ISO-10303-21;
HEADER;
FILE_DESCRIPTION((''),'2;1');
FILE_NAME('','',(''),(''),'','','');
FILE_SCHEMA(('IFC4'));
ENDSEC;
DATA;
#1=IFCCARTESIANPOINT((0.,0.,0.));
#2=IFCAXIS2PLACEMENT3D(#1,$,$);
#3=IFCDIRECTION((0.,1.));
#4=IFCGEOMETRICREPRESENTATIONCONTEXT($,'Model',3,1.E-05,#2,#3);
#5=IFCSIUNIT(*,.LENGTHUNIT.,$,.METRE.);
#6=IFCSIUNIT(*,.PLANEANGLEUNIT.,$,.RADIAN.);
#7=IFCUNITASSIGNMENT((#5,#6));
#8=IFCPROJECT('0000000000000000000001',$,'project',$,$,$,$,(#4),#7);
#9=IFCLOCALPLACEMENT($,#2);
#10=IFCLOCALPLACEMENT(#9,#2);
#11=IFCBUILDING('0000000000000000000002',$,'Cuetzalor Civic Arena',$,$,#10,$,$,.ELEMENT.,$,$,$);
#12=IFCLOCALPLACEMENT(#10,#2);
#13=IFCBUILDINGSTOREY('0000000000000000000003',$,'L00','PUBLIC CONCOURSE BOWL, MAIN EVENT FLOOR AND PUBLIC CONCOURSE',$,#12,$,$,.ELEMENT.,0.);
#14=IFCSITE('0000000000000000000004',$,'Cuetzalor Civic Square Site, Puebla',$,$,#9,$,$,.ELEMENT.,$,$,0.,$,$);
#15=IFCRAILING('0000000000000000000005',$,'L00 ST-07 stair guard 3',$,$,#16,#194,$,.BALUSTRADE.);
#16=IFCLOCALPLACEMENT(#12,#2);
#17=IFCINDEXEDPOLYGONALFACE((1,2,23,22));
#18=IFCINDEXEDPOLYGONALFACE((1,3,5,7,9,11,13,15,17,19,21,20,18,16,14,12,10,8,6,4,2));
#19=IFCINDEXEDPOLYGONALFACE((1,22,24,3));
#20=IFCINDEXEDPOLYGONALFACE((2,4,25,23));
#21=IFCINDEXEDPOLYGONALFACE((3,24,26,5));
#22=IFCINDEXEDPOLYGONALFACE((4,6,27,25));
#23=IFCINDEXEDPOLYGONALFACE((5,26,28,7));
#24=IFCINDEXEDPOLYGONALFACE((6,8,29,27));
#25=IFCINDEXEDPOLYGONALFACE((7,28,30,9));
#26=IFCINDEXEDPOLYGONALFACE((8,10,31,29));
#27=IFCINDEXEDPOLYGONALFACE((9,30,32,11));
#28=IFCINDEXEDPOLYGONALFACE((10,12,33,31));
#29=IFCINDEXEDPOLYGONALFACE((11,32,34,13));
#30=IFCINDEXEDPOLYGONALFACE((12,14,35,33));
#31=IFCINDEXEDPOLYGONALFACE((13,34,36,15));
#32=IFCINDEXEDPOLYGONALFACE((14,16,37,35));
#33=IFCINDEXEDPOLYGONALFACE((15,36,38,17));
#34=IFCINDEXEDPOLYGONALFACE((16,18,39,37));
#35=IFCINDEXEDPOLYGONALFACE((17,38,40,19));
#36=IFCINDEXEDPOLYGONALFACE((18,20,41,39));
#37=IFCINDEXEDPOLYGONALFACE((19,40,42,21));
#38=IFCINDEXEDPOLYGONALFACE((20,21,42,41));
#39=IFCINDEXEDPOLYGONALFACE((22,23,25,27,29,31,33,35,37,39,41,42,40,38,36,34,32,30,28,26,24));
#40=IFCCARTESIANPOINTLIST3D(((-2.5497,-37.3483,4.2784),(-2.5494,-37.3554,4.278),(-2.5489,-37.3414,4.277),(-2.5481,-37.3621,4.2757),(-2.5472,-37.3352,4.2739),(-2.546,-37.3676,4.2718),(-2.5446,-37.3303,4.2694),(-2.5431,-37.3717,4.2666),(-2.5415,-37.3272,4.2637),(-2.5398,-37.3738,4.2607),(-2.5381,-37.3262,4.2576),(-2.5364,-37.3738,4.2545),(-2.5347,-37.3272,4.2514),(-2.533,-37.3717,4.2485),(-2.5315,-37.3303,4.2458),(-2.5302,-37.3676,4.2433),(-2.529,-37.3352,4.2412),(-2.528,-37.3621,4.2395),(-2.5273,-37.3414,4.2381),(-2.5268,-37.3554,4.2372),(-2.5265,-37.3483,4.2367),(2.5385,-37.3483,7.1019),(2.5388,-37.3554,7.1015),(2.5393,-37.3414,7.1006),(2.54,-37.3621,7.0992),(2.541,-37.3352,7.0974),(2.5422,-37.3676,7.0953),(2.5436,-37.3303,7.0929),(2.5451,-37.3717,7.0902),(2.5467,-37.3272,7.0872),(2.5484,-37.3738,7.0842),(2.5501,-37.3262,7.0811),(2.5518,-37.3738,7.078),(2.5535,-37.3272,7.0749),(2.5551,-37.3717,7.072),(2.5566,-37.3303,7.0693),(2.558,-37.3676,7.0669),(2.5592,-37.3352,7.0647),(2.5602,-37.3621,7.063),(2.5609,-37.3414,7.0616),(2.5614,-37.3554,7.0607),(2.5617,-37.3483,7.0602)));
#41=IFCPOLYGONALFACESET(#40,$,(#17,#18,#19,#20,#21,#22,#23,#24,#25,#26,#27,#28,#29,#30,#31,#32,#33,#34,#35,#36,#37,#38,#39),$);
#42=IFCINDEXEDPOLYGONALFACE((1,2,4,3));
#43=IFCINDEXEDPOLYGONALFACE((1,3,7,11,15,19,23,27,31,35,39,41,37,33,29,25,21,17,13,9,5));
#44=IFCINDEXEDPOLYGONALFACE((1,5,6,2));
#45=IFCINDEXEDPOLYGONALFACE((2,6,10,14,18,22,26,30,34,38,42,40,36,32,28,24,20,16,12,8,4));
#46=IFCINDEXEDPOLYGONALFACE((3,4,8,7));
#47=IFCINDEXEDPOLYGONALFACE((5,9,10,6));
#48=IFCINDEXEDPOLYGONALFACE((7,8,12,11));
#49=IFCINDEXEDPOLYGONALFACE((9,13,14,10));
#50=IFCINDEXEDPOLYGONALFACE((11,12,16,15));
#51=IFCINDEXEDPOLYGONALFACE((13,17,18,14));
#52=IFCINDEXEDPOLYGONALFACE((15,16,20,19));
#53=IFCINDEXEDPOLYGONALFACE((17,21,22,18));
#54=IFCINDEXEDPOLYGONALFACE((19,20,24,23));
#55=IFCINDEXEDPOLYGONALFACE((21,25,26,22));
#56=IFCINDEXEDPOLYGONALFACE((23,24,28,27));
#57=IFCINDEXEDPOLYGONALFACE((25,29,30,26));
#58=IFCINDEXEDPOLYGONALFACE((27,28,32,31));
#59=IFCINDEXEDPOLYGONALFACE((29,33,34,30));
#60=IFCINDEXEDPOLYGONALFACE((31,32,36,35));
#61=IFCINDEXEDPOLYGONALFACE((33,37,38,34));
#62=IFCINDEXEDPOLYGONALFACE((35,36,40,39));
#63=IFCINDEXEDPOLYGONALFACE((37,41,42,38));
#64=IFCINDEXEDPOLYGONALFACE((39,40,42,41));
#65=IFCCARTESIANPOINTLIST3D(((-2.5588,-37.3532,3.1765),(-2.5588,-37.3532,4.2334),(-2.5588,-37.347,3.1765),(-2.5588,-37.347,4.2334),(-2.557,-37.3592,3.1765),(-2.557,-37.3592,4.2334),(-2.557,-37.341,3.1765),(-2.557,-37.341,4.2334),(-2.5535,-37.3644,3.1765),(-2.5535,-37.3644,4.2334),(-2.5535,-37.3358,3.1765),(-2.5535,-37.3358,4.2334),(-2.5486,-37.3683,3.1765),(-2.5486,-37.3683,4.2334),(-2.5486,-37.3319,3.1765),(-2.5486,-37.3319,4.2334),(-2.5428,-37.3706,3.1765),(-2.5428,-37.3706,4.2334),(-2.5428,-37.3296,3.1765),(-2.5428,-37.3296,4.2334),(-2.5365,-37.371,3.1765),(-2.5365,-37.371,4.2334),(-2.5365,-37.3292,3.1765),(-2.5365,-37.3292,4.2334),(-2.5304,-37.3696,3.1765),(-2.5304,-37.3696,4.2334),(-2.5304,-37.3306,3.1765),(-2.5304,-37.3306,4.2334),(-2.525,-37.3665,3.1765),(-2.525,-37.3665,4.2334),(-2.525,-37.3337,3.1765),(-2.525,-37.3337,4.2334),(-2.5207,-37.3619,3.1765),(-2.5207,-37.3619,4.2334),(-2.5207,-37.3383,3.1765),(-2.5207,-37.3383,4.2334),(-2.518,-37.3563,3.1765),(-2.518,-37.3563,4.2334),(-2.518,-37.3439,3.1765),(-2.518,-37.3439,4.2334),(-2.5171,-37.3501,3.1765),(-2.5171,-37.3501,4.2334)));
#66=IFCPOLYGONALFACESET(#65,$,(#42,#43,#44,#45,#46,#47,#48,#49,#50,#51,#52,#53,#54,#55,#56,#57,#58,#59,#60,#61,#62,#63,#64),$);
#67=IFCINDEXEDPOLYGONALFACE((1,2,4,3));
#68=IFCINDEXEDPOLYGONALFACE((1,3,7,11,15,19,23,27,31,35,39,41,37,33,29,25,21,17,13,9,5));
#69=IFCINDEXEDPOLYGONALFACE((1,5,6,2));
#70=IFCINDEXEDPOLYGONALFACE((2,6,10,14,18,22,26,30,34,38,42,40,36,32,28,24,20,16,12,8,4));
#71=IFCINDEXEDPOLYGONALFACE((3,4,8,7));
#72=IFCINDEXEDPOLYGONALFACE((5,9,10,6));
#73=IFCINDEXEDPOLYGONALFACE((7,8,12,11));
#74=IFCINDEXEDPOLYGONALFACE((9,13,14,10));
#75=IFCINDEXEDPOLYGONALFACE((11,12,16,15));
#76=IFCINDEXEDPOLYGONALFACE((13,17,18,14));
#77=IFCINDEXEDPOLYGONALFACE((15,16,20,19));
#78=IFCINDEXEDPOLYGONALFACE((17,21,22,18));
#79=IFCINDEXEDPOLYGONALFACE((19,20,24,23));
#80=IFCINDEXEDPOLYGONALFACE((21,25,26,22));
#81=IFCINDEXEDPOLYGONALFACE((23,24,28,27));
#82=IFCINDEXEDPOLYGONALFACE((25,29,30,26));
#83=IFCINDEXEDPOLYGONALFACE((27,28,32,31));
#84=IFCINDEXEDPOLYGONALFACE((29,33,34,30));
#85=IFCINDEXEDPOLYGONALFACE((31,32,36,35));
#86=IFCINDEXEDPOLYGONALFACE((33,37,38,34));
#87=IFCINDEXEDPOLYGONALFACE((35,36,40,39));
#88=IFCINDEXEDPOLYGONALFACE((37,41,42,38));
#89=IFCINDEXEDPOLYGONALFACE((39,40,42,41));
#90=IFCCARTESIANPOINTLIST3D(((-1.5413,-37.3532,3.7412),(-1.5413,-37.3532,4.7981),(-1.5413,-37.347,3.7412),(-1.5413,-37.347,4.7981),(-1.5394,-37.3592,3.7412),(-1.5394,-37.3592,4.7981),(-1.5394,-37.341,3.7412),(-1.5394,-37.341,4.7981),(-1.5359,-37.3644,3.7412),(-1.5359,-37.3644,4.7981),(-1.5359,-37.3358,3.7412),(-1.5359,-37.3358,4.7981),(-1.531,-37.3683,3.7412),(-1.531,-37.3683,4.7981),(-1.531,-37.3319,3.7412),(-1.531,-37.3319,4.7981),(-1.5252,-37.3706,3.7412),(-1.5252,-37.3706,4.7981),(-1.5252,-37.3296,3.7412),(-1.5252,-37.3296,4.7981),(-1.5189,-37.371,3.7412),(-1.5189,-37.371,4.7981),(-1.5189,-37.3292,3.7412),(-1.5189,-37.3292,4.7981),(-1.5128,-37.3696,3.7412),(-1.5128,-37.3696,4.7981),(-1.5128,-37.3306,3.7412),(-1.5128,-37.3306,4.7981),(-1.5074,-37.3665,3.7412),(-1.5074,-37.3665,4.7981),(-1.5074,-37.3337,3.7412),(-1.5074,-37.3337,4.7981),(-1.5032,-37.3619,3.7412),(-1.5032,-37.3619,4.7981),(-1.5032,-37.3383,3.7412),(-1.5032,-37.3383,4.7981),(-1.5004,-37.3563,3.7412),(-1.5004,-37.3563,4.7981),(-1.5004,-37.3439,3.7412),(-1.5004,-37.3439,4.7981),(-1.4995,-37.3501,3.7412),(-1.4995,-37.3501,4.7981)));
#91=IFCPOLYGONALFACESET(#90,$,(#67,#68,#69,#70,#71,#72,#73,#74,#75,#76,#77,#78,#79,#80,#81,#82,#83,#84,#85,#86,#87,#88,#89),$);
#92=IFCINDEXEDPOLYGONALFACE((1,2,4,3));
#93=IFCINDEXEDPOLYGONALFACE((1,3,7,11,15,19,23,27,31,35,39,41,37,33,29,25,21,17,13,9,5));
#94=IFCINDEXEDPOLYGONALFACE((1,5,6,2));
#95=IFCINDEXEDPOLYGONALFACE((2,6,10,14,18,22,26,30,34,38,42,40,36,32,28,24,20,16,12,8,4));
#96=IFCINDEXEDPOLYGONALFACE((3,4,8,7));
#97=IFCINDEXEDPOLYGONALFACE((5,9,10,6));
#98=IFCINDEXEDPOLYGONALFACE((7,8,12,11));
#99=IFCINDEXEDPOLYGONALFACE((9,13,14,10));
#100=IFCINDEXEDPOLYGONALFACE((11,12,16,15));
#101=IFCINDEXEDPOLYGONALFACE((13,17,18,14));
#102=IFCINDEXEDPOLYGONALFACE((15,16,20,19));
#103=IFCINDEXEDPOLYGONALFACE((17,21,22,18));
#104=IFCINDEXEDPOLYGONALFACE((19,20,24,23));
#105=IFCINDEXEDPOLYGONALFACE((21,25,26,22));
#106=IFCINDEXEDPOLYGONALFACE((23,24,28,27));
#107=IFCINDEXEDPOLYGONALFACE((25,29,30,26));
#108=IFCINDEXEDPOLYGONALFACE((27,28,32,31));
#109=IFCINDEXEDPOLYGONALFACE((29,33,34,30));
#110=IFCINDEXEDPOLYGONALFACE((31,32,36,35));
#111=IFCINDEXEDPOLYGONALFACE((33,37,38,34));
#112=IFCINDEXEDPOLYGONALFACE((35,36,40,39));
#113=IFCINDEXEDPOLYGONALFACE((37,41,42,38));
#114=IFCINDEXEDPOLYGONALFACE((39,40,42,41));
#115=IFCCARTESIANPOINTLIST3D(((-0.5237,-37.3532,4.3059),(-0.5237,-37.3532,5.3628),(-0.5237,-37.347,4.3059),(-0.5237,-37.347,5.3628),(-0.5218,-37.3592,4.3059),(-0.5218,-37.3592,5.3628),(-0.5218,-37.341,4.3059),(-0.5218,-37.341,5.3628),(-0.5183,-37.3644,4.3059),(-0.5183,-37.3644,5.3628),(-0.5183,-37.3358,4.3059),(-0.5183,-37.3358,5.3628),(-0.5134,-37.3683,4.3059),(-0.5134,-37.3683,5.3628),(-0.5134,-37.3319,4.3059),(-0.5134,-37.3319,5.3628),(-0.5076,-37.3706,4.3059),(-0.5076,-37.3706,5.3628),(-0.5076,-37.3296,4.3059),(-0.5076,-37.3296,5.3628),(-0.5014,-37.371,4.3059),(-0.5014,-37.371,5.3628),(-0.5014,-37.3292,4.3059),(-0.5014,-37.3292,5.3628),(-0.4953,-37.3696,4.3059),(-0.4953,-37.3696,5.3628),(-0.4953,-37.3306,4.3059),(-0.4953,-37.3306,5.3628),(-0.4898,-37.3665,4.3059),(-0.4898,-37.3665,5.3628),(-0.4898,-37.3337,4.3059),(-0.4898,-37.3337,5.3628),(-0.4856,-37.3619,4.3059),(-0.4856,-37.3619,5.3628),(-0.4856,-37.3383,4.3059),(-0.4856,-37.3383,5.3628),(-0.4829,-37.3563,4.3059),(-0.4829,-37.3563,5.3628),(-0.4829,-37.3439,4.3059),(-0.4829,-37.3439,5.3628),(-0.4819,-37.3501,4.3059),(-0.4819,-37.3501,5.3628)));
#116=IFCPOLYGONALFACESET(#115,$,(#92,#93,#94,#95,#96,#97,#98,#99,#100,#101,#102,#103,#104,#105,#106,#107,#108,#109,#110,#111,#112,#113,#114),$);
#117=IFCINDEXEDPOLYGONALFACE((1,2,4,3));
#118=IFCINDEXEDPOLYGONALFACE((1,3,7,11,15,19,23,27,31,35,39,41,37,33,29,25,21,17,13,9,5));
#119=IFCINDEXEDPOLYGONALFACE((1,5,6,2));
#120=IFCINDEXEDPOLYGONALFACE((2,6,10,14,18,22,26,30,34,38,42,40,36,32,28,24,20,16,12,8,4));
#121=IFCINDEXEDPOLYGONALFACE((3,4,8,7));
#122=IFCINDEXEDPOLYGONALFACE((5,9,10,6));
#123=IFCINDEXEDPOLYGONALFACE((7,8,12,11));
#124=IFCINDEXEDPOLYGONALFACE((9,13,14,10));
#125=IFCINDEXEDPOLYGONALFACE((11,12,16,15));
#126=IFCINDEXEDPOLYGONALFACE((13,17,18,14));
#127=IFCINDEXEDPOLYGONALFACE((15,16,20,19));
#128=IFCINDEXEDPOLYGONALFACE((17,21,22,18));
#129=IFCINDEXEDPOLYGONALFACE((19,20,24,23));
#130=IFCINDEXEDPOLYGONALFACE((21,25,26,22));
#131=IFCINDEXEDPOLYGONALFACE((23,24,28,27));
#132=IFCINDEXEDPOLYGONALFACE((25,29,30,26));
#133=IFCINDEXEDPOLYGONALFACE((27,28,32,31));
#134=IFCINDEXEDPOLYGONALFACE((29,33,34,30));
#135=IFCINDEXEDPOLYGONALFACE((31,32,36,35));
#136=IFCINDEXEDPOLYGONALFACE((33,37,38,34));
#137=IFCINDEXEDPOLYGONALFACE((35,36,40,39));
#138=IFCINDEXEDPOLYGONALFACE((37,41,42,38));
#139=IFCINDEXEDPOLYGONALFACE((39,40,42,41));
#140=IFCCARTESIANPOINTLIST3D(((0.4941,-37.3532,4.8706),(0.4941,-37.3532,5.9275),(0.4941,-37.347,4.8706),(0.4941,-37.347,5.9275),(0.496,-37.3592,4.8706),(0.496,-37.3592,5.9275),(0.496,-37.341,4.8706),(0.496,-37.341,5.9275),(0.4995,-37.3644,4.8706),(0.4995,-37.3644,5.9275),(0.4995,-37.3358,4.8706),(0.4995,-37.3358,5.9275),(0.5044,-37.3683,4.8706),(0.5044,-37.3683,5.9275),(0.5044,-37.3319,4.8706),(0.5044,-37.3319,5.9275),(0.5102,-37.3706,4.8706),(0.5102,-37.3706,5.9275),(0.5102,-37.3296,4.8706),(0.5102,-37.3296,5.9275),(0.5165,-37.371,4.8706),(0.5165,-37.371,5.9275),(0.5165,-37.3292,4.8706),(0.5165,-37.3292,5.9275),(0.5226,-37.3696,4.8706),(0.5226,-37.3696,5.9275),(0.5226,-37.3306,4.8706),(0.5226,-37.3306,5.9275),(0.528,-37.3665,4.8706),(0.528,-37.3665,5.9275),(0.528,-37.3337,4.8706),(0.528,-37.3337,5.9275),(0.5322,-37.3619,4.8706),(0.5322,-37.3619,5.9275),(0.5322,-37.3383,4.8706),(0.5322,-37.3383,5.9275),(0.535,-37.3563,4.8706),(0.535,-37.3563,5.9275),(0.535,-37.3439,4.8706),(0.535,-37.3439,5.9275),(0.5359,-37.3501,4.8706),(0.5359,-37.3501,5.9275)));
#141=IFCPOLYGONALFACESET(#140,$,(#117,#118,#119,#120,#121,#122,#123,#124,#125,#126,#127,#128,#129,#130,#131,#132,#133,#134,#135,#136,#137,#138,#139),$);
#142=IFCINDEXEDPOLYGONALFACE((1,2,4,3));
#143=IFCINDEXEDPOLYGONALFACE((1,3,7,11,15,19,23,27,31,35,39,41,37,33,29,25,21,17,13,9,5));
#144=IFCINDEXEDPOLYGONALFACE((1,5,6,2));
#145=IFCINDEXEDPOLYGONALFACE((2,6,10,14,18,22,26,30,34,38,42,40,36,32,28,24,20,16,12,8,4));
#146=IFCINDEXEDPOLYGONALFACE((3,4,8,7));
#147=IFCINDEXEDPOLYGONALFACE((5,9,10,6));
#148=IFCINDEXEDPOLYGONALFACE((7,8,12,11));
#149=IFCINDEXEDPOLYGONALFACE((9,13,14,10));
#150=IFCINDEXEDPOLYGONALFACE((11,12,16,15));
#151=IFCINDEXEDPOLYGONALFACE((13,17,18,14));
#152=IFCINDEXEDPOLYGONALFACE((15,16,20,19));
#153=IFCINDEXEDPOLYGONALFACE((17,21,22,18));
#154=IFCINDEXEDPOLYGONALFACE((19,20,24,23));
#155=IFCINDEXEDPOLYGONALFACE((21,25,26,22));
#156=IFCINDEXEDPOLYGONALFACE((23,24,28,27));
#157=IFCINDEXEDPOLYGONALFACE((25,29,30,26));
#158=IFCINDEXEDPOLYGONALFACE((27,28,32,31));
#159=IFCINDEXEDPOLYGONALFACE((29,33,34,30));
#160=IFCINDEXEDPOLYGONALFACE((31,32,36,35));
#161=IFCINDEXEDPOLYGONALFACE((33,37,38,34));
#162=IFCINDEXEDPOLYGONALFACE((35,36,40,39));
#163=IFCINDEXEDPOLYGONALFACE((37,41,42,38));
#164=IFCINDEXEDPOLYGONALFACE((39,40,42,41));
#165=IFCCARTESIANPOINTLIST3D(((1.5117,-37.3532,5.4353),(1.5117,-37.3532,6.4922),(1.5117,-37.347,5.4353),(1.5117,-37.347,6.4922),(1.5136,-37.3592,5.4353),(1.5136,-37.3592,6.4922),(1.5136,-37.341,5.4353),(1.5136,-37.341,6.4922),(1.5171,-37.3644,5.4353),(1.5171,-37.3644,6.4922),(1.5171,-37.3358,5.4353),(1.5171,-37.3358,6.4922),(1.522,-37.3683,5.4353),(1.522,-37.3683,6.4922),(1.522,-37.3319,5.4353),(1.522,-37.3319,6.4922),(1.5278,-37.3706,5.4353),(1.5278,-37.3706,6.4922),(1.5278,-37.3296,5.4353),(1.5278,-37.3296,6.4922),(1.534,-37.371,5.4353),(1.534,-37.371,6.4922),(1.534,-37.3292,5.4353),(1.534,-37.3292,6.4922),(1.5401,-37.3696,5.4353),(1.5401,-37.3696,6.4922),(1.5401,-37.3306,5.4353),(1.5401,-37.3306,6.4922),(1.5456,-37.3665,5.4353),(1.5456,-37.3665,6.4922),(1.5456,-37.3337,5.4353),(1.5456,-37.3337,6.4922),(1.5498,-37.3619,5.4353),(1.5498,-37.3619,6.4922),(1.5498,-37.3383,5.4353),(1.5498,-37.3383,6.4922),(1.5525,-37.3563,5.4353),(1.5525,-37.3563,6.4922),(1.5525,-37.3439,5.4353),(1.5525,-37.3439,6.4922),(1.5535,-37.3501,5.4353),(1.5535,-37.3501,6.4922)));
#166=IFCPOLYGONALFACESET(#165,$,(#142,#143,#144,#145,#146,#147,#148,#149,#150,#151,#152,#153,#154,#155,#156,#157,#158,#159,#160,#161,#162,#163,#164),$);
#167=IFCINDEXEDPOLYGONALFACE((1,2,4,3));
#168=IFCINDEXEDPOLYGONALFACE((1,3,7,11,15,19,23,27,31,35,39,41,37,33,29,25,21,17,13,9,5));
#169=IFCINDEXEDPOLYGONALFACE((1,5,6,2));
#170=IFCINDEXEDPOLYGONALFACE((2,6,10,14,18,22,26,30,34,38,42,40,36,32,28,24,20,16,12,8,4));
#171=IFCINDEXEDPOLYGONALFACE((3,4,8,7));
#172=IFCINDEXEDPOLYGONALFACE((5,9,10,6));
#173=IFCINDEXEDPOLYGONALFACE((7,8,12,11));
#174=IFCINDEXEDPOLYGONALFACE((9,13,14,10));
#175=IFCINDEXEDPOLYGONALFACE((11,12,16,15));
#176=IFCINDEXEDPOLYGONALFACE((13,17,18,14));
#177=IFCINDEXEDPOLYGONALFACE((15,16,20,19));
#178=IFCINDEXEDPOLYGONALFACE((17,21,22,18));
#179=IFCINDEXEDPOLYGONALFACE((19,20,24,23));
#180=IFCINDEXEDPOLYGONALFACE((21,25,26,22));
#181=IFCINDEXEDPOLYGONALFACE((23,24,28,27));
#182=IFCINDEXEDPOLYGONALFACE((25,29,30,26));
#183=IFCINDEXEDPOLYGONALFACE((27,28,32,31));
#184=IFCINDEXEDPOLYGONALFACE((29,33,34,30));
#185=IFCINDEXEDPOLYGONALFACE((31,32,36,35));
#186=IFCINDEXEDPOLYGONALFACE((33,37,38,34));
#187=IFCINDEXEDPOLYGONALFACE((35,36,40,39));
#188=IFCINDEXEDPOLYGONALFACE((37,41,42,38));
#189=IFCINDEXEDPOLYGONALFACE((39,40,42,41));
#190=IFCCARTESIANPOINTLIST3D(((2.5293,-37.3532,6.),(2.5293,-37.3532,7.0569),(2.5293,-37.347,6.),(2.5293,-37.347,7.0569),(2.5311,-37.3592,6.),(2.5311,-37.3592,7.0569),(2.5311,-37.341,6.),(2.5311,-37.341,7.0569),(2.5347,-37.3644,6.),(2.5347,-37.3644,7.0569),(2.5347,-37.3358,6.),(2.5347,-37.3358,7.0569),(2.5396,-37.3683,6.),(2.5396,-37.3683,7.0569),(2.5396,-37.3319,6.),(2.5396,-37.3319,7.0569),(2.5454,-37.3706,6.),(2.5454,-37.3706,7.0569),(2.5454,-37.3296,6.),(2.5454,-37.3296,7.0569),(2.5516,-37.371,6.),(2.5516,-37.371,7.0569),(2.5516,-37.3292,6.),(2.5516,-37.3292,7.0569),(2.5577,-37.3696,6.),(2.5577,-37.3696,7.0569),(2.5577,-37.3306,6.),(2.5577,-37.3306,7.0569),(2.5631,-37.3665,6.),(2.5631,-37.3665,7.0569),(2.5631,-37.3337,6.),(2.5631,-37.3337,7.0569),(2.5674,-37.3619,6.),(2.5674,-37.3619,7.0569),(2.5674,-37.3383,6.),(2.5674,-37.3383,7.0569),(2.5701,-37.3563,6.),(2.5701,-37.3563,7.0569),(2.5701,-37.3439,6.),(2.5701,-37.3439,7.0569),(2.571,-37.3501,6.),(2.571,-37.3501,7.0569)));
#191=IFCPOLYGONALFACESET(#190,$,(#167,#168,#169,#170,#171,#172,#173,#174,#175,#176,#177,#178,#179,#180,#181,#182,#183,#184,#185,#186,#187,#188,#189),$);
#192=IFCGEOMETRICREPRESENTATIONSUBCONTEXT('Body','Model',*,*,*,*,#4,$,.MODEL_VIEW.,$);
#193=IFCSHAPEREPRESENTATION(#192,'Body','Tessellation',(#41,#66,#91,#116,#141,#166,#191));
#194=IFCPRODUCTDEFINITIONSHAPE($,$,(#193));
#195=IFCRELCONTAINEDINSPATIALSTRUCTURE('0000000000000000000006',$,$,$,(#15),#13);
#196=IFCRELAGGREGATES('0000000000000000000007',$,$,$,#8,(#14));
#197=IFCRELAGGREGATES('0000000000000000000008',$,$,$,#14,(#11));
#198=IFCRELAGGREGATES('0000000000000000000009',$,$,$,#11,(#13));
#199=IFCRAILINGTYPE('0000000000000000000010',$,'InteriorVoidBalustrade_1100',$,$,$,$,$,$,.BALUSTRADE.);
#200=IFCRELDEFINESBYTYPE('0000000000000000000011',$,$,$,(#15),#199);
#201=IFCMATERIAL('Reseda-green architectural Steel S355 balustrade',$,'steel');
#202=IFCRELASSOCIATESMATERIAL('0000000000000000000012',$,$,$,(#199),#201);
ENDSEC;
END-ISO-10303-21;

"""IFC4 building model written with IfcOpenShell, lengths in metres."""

from ifc_helpers import new_model, si_unit, direction, frame, origin, origin_2d, place, context, subcontext, project, spatial, circle, extrude, material, type_object, element, save


model = new_model("IFC4")

# Units and contexts
model_context = context("Model", 3, precision=1e-05, world=origin(), true_north=direction((0.0, 1.0)))
body_context = subcontext(model_context, "Body", "Model", "MODEL_VIEW")
ifc_project = project(units=[si_unit("LENGTHUNIT", "METRE"), si_unit("PLANEANGLEUNIT", "RADIAN")], contexts=[model_context])

# Site, building, storey
site_placement = place(None, origin())
site = spatial("IfcSite", under=ifc_project, at=site_placement, Name="Cuetzalor Civic Square Site, Puebla", CompositionType="ELEMENT", RefElevation=0.0)
building_placement = place(site_placement, origin())
building = spatial("IfcBuilding", under=site, at=building_placement, Name="Cuetzalor Civic Arena", CompositionType="ELEMENT")
storey_placement = place(building_placement, origin())
storey = spatial("IfcBuildingStorey", under=building, at=storey_placement, Name="L00", Description="PUBLIC CONCOURSE BOWL, MAIN EVENT FLOOR AND PUBLIC CONCOURSE", CompositionType="ELEMENT", Elevation=0.0)

# Railing
ifc_material_1 = material(Name="Reseda-green architectural Steel S355 balustrade", Category="steel")
railing_type_1 = type_object("IfcRailingType", Name="InteriorVoidBalustrade_1100", PredefinedType="BALUSTRADE", material=ifc_material_1)
railing_1_placement = place(storey_placement, frame((-2.5381, -37.3501, 3.1765)))
element("IfcRailing", 1, at=railing_1_placement, inside=storey, type_object=railing_type_1, Name="L00 ST-07 stair guard 3", PredefinedType="BALUSTRADE", context=body_context, shape_type="SweptSolid", body=[
    extrude(circle(Radius=0.0239, at=origin_2d()), frame((0.0, 0.0, 1.0811), z_axis=(0.874395, 0.0, 0.485215), x_axis=(0.0, 1.0, 0.0)), (0.0, 0.0, 1.0), 5.8191),
    extrude(circle(Radius=0.021, at=origin_2d()), origin(), (0.0, 0.0, 1.0), 1.0569),
    extrude(circle(Radius=0.021, at=origin_2d()), frame((1.0176, 0.0, 0.5647)), (0.0, 0.0, 1.0), 1.0569),
    extrude(circle(Radius=0.021, at=origin_2d()), frame((2.0352, 0.0, 1.1294)), (0.0, 0.0, 1.0), 1.0569),
    extrude(circle(Radius=0.021, at=origin_2d()), frame((3.053, 0.0, 1.6941)), (0.0, 0.0, 1.0), 1.0569),
    extrude(circle(Radius=0.021, at=origin_2d()), frame((4.0706, 0.0, 2.2588)), (0.0, 0.0, 1.0), 1.0569),
    extrude(circle(Radius=0.021, at=origin_2d()), frame((5.0881, 0.0, 2.8235)), (0.0, 0.0, 1.0), 1.0569),
])

save(model, "model.ifc")
